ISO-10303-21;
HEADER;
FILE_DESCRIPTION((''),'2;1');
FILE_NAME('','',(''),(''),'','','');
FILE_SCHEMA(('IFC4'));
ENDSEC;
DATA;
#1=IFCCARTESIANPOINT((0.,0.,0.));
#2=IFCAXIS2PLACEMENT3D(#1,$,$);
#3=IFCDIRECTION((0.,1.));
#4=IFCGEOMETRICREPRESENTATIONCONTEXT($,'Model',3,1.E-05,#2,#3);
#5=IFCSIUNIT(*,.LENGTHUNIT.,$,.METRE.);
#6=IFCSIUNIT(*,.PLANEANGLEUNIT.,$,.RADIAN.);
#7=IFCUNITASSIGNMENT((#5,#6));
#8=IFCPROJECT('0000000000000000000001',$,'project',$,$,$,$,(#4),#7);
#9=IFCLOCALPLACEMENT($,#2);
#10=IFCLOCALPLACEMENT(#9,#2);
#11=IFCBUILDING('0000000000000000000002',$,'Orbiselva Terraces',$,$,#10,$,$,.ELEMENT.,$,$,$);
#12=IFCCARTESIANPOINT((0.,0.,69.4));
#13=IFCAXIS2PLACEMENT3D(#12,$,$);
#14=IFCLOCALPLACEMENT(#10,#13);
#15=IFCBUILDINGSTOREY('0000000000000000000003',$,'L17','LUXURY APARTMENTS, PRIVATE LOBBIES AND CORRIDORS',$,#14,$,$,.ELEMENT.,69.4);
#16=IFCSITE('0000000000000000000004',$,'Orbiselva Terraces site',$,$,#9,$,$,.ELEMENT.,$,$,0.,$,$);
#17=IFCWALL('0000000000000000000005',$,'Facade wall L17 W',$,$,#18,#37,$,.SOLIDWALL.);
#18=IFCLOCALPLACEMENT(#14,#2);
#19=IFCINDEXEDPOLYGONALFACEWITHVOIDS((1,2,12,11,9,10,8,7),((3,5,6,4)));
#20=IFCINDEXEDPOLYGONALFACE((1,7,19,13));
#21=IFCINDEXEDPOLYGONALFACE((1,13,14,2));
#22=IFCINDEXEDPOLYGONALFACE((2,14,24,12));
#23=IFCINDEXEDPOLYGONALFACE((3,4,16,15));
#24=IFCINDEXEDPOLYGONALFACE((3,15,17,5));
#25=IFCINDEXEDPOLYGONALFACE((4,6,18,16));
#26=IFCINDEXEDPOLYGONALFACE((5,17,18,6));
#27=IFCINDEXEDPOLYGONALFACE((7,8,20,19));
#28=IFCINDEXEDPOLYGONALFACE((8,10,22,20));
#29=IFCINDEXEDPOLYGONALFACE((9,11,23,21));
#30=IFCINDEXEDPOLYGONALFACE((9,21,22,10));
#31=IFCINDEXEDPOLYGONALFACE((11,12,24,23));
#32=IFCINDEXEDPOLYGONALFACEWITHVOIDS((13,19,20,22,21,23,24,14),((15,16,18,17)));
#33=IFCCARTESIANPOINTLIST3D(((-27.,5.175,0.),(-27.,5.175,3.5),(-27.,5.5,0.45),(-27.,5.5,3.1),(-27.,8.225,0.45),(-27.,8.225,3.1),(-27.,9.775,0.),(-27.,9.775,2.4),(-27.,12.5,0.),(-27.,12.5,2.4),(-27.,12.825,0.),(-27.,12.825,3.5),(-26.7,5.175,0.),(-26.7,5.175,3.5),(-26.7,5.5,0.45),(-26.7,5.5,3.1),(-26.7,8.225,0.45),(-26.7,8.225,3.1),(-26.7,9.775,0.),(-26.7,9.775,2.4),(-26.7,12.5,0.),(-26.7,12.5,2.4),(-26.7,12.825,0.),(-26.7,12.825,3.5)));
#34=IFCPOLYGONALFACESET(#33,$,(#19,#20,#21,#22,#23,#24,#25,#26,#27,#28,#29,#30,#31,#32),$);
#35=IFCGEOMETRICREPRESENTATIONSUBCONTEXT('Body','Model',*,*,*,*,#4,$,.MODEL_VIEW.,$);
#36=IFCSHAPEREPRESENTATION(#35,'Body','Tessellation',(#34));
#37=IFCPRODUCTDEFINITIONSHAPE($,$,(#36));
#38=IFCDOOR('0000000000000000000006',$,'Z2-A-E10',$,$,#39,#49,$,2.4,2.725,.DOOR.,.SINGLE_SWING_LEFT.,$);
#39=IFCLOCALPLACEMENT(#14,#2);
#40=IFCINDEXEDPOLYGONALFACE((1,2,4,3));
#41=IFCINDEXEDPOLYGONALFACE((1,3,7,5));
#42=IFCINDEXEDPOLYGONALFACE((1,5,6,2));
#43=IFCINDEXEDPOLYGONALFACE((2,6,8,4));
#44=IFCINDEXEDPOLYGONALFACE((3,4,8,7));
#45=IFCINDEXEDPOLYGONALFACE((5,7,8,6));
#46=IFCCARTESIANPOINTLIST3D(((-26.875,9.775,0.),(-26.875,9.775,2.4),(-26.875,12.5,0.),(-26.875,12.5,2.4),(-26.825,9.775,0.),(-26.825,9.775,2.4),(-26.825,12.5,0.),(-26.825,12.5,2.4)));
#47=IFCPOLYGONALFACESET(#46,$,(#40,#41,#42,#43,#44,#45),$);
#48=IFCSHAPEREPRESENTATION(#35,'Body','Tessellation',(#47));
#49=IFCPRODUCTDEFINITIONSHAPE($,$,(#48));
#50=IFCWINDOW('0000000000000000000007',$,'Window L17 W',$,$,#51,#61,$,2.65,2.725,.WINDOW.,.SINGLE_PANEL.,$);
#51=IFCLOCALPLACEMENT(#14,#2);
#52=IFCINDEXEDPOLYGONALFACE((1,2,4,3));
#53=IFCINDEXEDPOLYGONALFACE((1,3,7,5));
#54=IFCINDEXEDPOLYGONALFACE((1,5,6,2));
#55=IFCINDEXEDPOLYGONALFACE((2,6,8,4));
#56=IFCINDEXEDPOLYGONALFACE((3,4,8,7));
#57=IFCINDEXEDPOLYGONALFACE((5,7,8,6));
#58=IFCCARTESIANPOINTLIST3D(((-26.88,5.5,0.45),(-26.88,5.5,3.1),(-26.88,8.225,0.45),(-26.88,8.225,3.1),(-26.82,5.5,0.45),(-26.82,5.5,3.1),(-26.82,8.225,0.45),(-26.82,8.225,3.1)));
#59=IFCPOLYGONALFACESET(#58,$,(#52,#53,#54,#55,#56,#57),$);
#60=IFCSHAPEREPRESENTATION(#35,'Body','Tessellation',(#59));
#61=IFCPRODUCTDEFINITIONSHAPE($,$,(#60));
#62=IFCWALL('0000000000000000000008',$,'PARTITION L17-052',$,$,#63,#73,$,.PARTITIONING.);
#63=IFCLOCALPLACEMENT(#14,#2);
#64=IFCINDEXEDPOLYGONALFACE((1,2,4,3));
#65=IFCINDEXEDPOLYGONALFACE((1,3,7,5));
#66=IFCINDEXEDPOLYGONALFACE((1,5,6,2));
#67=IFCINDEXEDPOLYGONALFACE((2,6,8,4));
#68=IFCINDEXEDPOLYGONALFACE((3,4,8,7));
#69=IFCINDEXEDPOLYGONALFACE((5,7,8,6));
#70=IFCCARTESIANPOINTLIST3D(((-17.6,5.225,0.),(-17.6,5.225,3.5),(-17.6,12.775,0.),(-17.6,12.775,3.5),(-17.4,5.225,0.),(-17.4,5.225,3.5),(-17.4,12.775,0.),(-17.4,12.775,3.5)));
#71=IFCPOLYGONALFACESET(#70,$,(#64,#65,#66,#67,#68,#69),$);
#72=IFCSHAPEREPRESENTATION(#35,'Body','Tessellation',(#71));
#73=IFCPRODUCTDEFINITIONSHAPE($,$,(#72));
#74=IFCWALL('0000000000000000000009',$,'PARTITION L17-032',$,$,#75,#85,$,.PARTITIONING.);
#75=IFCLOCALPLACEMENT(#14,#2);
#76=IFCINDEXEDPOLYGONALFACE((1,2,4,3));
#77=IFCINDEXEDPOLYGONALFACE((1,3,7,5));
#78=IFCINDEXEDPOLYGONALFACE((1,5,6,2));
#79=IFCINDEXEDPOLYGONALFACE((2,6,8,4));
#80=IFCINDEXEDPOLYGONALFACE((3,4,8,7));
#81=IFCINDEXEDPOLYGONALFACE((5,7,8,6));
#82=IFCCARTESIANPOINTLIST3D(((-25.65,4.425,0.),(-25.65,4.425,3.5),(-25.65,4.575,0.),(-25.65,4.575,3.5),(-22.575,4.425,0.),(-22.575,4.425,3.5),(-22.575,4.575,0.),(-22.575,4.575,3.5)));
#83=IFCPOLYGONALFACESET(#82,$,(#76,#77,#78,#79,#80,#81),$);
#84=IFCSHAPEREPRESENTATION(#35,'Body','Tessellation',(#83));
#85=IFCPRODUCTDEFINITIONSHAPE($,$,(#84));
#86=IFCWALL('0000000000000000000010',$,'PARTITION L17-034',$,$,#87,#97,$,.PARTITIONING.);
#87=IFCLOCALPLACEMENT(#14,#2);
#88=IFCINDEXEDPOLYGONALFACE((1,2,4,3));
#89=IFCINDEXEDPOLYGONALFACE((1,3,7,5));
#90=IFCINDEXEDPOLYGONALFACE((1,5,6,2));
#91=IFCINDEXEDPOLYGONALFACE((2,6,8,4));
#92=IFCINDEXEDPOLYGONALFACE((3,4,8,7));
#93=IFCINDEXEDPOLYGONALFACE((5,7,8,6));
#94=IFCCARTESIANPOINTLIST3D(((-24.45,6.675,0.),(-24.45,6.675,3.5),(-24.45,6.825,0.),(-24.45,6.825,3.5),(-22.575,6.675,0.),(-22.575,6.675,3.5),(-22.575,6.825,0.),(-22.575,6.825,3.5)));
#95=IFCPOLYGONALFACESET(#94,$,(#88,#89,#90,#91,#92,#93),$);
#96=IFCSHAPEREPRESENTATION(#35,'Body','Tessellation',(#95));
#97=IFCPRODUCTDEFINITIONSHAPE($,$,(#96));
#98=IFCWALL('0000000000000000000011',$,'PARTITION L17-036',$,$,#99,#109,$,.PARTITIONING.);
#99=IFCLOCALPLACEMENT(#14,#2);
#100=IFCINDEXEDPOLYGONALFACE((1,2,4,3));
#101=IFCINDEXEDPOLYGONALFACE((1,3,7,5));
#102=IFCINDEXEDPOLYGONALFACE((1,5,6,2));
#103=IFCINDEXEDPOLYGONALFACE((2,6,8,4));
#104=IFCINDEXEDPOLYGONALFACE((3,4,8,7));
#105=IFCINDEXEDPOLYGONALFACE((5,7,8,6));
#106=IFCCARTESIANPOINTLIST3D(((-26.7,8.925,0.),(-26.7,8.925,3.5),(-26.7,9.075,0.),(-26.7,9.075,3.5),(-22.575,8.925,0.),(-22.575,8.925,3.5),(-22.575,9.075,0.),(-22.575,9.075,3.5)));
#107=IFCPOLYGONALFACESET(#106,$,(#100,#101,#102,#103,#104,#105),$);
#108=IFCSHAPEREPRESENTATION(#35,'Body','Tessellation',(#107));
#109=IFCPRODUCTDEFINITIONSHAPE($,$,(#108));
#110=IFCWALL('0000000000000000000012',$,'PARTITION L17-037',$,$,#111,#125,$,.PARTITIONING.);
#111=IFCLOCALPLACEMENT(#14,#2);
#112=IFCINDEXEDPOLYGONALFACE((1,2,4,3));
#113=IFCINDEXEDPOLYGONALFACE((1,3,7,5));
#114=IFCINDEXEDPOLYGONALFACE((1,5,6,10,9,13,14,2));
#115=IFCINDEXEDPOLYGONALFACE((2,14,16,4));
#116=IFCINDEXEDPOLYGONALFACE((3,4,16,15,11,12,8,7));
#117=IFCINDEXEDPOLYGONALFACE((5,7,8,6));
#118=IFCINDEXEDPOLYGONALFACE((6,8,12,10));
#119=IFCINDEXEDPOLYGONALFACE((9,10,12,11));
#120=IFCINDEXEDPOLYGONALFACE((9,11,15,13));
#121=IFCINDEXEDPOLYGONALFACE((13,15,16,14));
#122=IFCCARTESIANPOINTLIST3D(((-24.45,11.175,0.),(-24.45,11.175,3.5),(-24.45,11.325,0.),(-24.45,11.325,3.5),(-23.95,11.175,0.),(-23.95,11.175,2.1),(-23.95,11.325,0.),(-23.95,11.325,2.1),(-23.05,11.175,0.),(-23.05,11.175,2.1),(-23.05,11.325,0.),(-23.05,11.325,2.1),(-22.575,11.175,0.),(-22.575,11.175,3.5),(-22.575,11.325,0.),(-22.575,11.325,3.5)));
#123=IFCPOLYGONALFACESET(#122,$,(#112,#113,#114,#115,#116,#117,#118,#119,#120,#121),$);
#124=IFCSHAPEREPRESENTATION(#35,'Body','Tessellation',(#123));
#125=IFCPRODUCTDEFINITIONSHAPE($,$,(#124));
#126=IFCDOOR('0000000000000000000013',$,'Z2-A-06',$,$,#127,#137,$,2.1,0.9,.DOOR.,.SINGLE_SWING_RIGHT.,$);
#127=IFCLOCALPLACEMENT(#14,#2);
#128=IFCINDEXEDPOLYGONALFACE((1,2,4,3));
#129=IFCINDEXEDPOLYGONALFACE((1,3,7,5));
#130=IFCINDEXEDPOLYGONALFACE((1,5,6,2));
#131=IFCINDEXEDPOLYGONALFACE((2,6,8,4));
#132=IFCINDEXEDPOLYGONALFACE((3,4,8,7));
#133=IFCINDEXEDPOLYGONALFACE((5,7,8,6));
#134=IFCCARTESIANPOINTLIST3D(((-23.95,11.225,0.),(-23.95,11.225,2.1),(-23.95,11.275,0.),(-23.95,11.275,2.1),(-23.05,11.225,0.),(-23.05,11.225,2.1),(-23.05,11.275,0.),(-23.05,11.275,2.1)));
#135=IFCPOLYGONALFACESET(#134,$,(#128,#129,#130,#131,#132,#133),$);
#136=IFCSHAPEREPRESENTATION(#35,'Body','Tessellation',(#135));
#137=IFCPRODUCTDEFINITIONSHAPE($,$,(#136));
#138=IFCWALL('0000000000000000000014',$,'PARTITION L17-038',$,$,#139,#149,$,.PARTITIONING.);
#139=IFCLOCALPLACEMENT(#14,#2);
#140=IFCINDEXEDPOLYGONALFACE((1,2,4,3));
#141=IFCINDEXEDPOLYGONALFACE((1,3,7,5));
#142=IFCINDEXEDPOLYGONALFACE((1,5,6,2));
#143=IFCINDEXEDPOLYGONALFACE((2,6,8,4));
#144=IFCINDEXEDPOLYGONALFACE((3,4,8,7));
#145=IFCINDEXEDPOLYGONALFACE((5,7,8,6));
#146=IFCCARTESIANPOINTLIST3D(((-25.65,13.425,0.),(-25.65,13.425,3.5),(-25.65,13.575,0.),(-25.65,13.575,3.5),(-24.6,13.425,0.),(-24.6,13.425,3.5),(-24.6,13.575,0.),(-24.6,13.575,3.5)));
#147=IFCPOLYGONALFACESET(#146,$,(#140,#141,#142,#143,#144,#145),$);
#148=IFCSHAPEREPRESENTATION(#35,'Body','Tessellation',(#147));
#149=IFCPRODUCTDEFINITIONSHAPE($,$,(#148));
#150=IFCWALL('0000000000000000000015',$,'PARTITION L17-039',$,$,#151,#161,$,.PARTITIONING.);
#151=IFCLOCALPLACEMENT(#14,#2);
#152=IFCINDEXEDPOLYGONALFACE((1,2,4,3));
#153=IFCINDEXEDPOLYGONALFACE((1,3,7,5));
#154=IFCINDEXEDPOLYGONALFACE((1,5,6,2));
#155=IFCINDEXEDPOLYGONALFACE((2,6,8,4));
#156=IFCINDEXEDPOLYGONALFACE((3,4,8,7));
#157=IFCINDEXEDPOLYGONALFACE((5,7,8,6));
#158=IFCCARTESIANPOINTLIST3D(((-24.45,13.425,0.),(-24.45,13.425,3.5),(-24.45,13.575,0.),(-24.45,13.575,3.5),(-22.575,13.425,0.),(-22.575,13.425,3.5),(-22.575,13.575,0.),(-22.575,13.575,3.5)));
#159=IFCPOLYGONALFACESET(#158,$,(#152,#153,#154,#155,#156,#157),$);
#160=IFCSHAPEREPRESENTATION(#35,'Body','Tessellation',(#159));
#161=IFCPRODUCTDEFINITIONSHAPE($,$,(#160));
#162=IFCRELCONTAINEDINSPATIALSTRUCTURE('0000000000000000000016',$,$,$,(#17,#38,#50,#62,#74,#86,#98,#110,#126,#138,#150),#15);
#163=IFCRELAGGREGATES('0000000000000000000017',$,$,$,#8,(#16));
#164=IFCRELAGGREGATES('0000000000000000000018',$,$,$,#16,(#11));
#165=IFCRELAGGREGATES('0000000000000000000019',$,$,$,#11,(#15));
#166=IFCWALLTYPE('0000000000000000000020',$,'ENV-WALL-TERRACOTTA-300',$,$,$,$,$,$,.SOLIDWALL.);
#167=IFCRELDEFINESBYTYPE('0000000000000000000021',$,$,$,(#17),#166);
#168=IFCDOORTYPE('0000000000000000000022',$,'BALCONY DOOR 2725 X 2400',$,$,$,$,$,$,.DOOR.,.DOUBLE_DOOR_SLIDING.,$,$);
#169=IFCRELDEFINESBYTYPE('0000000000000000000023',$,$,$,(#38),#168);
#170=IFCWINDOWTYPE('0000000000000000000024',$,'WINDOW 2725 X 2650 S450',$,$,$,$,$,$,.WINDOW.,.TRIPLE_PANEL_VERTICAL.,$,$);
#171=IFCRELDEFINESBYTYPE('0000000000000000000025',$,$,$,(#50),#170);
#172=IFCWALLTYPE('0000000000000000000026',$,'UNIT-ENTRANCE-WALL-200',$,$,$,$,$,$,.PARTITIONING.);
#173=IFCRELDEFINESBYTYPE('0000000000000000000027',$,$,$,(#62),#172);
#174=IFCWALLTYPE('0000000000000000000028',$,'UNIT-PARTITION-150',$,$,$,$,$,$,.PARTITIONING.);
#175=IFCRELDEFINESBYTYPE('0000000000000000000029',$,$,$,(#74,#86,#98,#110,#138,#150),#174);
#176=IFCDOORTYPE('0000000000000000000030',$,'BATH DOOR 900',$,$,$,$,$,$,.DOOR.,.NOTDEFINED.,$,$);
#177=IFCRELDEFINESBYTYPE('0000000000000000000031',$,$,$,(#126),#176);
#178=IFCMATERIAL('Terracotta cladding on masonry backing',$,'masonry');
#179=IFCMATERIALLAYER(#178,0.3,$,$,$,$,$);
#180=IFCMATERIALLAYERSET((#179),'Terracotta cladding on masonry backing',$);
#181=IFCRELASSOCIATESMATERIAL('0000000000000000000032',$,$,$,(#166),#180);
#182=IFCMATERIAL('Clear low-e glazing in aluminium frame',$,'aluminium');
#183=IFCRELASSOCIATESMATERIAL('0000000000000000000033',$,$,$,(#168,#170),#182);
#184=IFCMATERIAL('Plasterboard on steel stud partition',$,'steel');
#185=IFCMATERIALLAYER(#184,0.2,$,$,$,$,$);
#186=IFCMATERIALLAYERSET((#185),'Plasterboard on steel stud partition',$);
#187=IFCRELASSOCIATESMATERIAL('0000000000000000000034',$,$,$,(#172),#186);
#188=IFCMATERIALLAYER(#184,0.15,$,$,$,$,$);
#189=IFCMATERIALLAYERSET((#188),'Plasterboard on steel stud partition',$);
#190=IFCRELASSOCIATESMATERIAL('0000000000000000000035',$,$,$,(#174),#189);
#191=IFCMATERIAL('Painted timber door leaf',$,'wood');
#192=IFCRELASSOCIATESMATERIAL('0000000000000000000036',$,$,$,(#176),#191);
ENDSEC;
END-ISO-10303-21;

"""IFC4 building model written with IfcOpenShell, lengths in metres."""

from ifc_helpers import new_model, si_unit, direction, frame, frame_2d, origin, place, context, subcontext, project, spatial, rectangle, extrude, material, layer, layer_set, type_object, element, fill, save


model = new_model("IFC4")

# Units and contexts
model_context = context("Model", 3, precision=1e-05, world=origin(), true_north=direction((0.0, 1.0)))
body_context = subcontext(model_context, "Body", "Model", "MODEL_VIEW")
ifc_project = project(units=[si_unit("LENGTHUNIT", "METRE"), si_unit("PLANEANGLEUNIT", "RADIAN")], contexts=[model_context])

# Site, building, storey
site_placement = place(None, origin())
site = spatial("IfcSite", under=ifc_project, at=site_placement, Name="Orbiselva Terraces site", CompositionType="ELEMENT", RefElevation=0.0)
building_placement = place(site_placement, origin())
building = spatial("IfcBuilding", under=site, at=building_placement, Name="Orbiselva Terraces", CompositionType="ELEMENT")
storey_placement = place(building_placement, frame((0.0, 0.0, 69.4)))
storey = spatial("IfcBuildingStorey", under=building, at=storey_placement, Name="L17", Description="LUXURY APARTMENTS, PRIVATE LOBBIES AND CORRIDORS", CompositionType="ELEMENT", Elevation=69.4)

# Wall, openings, door, window
ifc_material_1 = material(Name="Terracotta cladding on masonry backing", Category="masonry")
ifc_layer_1 = layer(ifc_material_1, 0.3)
ifc_layer_set_1 = layer_set([ifc_layer_1], Name="Terracotta cladding on masonry backing")
wall_type_1 = type_object("IfcWallType", Name="ENV-WALL-TERRACOTTA-300", PredefinedType="SOLIDWALL", material=ifc_layer_set_1)
wall_1_placement = place(storey_placement, frame((-26.85, 5.175, 0.0), z_axis=(0.0, 0.0, 1.0), x_axis=(0.0, 1.0, 0.0)))
wall_1 = element("IfcWall", 1, at=wall_1_placement, inside=storey, type_object=wall_type_1, Name="Facade wall L17 W", PredefinedType="SOLIDWALL", context=body_context, shape_type="SweptSolid", body=[
    extrude(rectangle(XDim=7.65, YDim=0.3, at=frame_2d((3.825, 0.0))), origin(), (0.0, 0.0, 1.0), 3.5),
])
opening_1_placement = place(wall_1_placement, frame((4.6, 0.0, 0.0)))
opening_1 = element("IfcOpeningElement", 2, at=opening_1_placement, cuts=wall_1, PredefinedType="OPENING", context=body_context, shape_type="SweptSolid", body=[
    extrude(rectangle(XDim=2.725, YDim=2.4, at=frame_2d((1.3625, 1.2))), frame((0.0, 0.16, 0.0), z_axis=(0.0, -1.0, 0.0), x_axis=(1.0, 0.0, 0.0)), (0.0, 0.0, 1.0), 0.32),
])
opening_2_placement = place(wall_1_placement, frame((0.325, 0.0, 0.45)))
opening_2 = element("IfcOpeningElement", 3, at=opening_2_placement, cuts=wall_1, PredefinedType="OPENING", context=body_context, shape_type="SweptSolid", body=[
    extrude(rectangle(XDim=2.725, YDim=2.65, at=frame_2d((1.3625, 1.325))), frame((0.0, 0.16, 0.0), z_axis=(0.0, -1.0, 0.0), x_axis=(1.0, 0.0, 0.0)), (0.0, 0.0, 1.0), 0.32),
])
ifc_material_2 = material(Name="Clear low-e glazing in aluminium frame", Category="aluminium")
door_type_1 = type_object("IfcDoorType", Name="BALCONY DOOR 2725 X 2400", OperationType="DOUBLE_DOOR_SLIDING", PredefinedType="DOOR", material=ifc_material_2)
door_1_placement = place(opening_1_placement, origin())
door_1 = element("IfcDoor", 4, at=door_1_placement, inside=storey, type_object=door_type_1, Name="Z2-A-E10", OperationType="SINGLE_SWING_LEFT", OverallHeight=2.4, OverallWidth=2.725, PredefinedType="DOOR", context=body_context, shape_type="SweptSolid", body=[
    extrude(rectangle(XDim=2.725, YDim=2.4, at=frame_2d((1.3625, 1.2))), frame((0.0, 0.025, 0.0), z_axis=(0.0, -1.0, 0.0), x_axis=(1.0, 0.0, 0.0)), (0.0, 0.0, 1.0), 0.05),
])
fill(opening_1, door_1)
window_type = type_object("IfcWindowType", Name="WINDOW 2725 X 2650 S450", PartitioningType="TRIPLE_PANEL_VERTICAL", PredefinedType="WINDOW", material=ifc_material_2)
window_placement = place(opening_2_placement, origin())
window = element("IfcWindow", 5, at=window_placement, inside=storey, type_object=window_type, Name="Window L17 W", OverallHeight=2.65, OverallWidth=2.725, PartitioningType="SINGLE_PANEL", PredefinedType="WINDOW", context=body_context, shape_type="SweptSolid", body=[
    extrude(rectangle(XDim=2.725, YDim=2.65, at=frame_2d((1.3625, 1.325))), frame((0.0, 0.03, 0.0), z_axis=(0.0, -1.0, 0.0), x_axis=(1.0, 0.0, 0.0)), (0.0, 0.0, 1.0), 0.06),
])
fill(opening_2, window)

# Walls
ifc_material_3 = material(Name="Plasterboard on steel stud partition", Category="steel")
ifc_layer_2 = layer(ifc_material_3, 0.2)
ifc_layer_set_2 = layer_set([ifc_layer_2], Name="Plasterboard on steel stud partition")
wall_type_2 = type_object("IfcWallType", Name="UNIT-ENTRANCE-WALL-200", PredefinedType="PARTITIONING", material=ifc_layer_set_2)
wall_2_placement = place(storey_placement, frame((-17.5, 5.225, 0.0), z_axis=(0.0, 0.0, 1.0), x_axis=(0.0, 1.0, 0.0)))
element("IfcWall", 6, at=wall_2_placement, inside=storey, type_object=wall_type_2, Name="PARTITION L17-052", PredefinedType="PARTITIONING", context=body_context, shape_type="SweptSolid", body=[
    extrude(rectangle(XDim=7.55, YDim=0.2, at=frame_2d((3.775, 0.0))), origin(), (0.0, 0.0, 1.0), 3.5),
])
ifc_layer_3 = layer(ifc_material_3, 0.15)
ifc_layer_set_3 = layer_set([ifc_layer_3], Name="Plasterboard on steel stud partition")
wall_type_3 = type_object("IfcWallType", Name="UNIT-PARTITION-150", PredefinedType="PARTITIONING", material=ifc_layer_set_3)
wall_3_placement = place(storey_placement, frame((-25.65, 4.5, 0.0), z_axis=(0.0, 0.0, 1.0), x_axis=(1.0, 0.0, 0.0)))
element("IfcWall", 7, at=wall_3_placement, inside=storey, type_object=wall_type_3, Name="PARTITION L17-032", PredefinedType="PARTITIONING", context=body_context, shape_type="SweptSolid", body=[
    extrude(rectangle(XDim=3.075, YDim=0.15, at=frame_2d((1.5375, 0.0))), origin(), (0.0, 0.0, 1.0), 3.5),
])
wall_4_placement = place(storey_placement, frame((-24.45, 6.75, 0.0), z_axis=(0.0, 0.0, 1.0), x_axis=(1.0, 0.0, 0.0)))
element("IfcWall", 8, at=wall_4_placement, inside=storey, type_object=wall_type_3, Name="PARTITION L17-034", PredefinedType="PARTITIONING", context=body_context, shape_type="SweptSolid", body=[
    extrude(rectangle(XDim=1.875, YDim=0.15, at=frame_2d((0.9375, 0.0))), origin(), (0.0, 0.0, 1.0), 3.5),
])
wall_5_placement = place(storey_placement, frame((-26.7, 9.0, 0.0), z_axis=(0.0, 0.0, 1.0), x_axis=(1.0, 0.0, 0.0)))
element("IfcWall", 9, at=wall_5_placement, inside=storey, type_object=wall_type_3, Name="PARTITION L17-036", PredefinedType="PARTITIONING", context=body_context, shape_type="SweptSolid", body=[
    extrude(rectangle(XDim=4.125, YDim=0.15, at=frame_2d((2.0625, 0.0))), origin(), (0.0, 0.0, 1.0), 3.5),
])

# Wall, opening, door
wall_6_placement = place(storey_placement, frame((-24.45, 11.25, 0.0), z_axis=(0.0, 0.0, 1.0), x_axis=(1.0, 0.0, 0.0)))
wall_6 = element("IfcWall", 10, at=wall_6_placement, inside=storey, type_object=wall_type_3, Name="PARTITION L17-037", PredefinedType="PARTITIONING", context=body_context, shape_type="SweptSolid", body=[
    extrude(rectangle(XDim=1.875, YDim=0.15, at=frame_2d((0.9375, 0.0))), origin(), (0.0, 0.0, 1.0), 3.5),
])
opening_3_placement = place(wall_6_placement, frame((0.5, 0.0, 0.0)))
opening_3 = element("IfcOpeningElement", 11, at=opening_3_placement, cuts=wall_6, PredefinedType="OPENING", context=body_context, shape_type="SweptSolid", body=[
    extrude(rectangle(XDim=0.9, YDim=2.1, at=frame_2d((0.45, 1.05))), frame((0.0, 0.085, 0.0), z_axis=(0.0, -1.0, 0.0), x_axis=(1.0, 0.0, 0.0)), (0.0, 0.0, 1.0), 0.17),
])
ifc_material_4 = material(Name="Painted timber door leaf", Category="wood")
door_type_2 = type_object("IfcDoorType", Name="BATH DOOR 900", OperationType="NOTDEFINED", PredefinedType="DOOR", material=ifc_material_4)
door_2_placement = place(opening_3_placement, origin())
door_2 = element("IfcDoor", 12, at=door_2_placement, inside=storey, type_object=door_type_2, Name="Z2-A-06", OperationType="SINGLE_SWING_RIGHT", OverallHeight=2.1, OverallWidth=0.9, PredefinedType="DOOR", context=body_context, shape_type="SweptSolid", body=[
    extrude(rectangle(XDim=0.9, YDim=2.1, at=frame_2d((0.45, 1.05))), frame((0.0, 0.025, 0.0), z_axis=(0.0, -1.0, 0.0), x_axis=(1.0, 0.0, 0.0)), (0.0, 0.0, 1.0), 0.05),
])
fill(opening_3, door_2)

# Walls
wall_7_placement = place(storey_placement, frame((-25.65, 13.5, 0.0), z_axis=(0.0, 0.0, 1.0), x_axis=(1.0, 0.0, 0.0)))
element("IfcWall", 13, at=wall_7_placement, inside=storey, type_object=wall_type_3, Name="PARTITION L17-038", PredefinedType="PARTITIONING", context=body_context, shape_type="SweptSolid", body=[
    extrude(rectangle(XDim=1.05, YDim=0.15, at=frame_2d((0.525, 0.0))), origin(), (0.0, 0.0, 1.0), 3.5),
])
wall_8_placement = place(storey_placement, frame((-24.45, 13.5, 0.0), z_axis=(0.0, 0.0, 1.0), x_axis=(1.0, 0.0, 0.0)))
element("IfcWall", 14, at=wall_8_placement, inside=storey, type_object=wall_type_3, Name="PARTITION L17-039", PredefinedType="PARTITIONING", context=body_context, shape_type="SweptSolid", body=[
    extrude(rectangle(XDim=1.875, YDim=0.15, at=frame_2d((0.9375, 0.0))), origin(), (0.0, 0.0, 1.0), 3.5),
])

save(model, "model.ifc")
